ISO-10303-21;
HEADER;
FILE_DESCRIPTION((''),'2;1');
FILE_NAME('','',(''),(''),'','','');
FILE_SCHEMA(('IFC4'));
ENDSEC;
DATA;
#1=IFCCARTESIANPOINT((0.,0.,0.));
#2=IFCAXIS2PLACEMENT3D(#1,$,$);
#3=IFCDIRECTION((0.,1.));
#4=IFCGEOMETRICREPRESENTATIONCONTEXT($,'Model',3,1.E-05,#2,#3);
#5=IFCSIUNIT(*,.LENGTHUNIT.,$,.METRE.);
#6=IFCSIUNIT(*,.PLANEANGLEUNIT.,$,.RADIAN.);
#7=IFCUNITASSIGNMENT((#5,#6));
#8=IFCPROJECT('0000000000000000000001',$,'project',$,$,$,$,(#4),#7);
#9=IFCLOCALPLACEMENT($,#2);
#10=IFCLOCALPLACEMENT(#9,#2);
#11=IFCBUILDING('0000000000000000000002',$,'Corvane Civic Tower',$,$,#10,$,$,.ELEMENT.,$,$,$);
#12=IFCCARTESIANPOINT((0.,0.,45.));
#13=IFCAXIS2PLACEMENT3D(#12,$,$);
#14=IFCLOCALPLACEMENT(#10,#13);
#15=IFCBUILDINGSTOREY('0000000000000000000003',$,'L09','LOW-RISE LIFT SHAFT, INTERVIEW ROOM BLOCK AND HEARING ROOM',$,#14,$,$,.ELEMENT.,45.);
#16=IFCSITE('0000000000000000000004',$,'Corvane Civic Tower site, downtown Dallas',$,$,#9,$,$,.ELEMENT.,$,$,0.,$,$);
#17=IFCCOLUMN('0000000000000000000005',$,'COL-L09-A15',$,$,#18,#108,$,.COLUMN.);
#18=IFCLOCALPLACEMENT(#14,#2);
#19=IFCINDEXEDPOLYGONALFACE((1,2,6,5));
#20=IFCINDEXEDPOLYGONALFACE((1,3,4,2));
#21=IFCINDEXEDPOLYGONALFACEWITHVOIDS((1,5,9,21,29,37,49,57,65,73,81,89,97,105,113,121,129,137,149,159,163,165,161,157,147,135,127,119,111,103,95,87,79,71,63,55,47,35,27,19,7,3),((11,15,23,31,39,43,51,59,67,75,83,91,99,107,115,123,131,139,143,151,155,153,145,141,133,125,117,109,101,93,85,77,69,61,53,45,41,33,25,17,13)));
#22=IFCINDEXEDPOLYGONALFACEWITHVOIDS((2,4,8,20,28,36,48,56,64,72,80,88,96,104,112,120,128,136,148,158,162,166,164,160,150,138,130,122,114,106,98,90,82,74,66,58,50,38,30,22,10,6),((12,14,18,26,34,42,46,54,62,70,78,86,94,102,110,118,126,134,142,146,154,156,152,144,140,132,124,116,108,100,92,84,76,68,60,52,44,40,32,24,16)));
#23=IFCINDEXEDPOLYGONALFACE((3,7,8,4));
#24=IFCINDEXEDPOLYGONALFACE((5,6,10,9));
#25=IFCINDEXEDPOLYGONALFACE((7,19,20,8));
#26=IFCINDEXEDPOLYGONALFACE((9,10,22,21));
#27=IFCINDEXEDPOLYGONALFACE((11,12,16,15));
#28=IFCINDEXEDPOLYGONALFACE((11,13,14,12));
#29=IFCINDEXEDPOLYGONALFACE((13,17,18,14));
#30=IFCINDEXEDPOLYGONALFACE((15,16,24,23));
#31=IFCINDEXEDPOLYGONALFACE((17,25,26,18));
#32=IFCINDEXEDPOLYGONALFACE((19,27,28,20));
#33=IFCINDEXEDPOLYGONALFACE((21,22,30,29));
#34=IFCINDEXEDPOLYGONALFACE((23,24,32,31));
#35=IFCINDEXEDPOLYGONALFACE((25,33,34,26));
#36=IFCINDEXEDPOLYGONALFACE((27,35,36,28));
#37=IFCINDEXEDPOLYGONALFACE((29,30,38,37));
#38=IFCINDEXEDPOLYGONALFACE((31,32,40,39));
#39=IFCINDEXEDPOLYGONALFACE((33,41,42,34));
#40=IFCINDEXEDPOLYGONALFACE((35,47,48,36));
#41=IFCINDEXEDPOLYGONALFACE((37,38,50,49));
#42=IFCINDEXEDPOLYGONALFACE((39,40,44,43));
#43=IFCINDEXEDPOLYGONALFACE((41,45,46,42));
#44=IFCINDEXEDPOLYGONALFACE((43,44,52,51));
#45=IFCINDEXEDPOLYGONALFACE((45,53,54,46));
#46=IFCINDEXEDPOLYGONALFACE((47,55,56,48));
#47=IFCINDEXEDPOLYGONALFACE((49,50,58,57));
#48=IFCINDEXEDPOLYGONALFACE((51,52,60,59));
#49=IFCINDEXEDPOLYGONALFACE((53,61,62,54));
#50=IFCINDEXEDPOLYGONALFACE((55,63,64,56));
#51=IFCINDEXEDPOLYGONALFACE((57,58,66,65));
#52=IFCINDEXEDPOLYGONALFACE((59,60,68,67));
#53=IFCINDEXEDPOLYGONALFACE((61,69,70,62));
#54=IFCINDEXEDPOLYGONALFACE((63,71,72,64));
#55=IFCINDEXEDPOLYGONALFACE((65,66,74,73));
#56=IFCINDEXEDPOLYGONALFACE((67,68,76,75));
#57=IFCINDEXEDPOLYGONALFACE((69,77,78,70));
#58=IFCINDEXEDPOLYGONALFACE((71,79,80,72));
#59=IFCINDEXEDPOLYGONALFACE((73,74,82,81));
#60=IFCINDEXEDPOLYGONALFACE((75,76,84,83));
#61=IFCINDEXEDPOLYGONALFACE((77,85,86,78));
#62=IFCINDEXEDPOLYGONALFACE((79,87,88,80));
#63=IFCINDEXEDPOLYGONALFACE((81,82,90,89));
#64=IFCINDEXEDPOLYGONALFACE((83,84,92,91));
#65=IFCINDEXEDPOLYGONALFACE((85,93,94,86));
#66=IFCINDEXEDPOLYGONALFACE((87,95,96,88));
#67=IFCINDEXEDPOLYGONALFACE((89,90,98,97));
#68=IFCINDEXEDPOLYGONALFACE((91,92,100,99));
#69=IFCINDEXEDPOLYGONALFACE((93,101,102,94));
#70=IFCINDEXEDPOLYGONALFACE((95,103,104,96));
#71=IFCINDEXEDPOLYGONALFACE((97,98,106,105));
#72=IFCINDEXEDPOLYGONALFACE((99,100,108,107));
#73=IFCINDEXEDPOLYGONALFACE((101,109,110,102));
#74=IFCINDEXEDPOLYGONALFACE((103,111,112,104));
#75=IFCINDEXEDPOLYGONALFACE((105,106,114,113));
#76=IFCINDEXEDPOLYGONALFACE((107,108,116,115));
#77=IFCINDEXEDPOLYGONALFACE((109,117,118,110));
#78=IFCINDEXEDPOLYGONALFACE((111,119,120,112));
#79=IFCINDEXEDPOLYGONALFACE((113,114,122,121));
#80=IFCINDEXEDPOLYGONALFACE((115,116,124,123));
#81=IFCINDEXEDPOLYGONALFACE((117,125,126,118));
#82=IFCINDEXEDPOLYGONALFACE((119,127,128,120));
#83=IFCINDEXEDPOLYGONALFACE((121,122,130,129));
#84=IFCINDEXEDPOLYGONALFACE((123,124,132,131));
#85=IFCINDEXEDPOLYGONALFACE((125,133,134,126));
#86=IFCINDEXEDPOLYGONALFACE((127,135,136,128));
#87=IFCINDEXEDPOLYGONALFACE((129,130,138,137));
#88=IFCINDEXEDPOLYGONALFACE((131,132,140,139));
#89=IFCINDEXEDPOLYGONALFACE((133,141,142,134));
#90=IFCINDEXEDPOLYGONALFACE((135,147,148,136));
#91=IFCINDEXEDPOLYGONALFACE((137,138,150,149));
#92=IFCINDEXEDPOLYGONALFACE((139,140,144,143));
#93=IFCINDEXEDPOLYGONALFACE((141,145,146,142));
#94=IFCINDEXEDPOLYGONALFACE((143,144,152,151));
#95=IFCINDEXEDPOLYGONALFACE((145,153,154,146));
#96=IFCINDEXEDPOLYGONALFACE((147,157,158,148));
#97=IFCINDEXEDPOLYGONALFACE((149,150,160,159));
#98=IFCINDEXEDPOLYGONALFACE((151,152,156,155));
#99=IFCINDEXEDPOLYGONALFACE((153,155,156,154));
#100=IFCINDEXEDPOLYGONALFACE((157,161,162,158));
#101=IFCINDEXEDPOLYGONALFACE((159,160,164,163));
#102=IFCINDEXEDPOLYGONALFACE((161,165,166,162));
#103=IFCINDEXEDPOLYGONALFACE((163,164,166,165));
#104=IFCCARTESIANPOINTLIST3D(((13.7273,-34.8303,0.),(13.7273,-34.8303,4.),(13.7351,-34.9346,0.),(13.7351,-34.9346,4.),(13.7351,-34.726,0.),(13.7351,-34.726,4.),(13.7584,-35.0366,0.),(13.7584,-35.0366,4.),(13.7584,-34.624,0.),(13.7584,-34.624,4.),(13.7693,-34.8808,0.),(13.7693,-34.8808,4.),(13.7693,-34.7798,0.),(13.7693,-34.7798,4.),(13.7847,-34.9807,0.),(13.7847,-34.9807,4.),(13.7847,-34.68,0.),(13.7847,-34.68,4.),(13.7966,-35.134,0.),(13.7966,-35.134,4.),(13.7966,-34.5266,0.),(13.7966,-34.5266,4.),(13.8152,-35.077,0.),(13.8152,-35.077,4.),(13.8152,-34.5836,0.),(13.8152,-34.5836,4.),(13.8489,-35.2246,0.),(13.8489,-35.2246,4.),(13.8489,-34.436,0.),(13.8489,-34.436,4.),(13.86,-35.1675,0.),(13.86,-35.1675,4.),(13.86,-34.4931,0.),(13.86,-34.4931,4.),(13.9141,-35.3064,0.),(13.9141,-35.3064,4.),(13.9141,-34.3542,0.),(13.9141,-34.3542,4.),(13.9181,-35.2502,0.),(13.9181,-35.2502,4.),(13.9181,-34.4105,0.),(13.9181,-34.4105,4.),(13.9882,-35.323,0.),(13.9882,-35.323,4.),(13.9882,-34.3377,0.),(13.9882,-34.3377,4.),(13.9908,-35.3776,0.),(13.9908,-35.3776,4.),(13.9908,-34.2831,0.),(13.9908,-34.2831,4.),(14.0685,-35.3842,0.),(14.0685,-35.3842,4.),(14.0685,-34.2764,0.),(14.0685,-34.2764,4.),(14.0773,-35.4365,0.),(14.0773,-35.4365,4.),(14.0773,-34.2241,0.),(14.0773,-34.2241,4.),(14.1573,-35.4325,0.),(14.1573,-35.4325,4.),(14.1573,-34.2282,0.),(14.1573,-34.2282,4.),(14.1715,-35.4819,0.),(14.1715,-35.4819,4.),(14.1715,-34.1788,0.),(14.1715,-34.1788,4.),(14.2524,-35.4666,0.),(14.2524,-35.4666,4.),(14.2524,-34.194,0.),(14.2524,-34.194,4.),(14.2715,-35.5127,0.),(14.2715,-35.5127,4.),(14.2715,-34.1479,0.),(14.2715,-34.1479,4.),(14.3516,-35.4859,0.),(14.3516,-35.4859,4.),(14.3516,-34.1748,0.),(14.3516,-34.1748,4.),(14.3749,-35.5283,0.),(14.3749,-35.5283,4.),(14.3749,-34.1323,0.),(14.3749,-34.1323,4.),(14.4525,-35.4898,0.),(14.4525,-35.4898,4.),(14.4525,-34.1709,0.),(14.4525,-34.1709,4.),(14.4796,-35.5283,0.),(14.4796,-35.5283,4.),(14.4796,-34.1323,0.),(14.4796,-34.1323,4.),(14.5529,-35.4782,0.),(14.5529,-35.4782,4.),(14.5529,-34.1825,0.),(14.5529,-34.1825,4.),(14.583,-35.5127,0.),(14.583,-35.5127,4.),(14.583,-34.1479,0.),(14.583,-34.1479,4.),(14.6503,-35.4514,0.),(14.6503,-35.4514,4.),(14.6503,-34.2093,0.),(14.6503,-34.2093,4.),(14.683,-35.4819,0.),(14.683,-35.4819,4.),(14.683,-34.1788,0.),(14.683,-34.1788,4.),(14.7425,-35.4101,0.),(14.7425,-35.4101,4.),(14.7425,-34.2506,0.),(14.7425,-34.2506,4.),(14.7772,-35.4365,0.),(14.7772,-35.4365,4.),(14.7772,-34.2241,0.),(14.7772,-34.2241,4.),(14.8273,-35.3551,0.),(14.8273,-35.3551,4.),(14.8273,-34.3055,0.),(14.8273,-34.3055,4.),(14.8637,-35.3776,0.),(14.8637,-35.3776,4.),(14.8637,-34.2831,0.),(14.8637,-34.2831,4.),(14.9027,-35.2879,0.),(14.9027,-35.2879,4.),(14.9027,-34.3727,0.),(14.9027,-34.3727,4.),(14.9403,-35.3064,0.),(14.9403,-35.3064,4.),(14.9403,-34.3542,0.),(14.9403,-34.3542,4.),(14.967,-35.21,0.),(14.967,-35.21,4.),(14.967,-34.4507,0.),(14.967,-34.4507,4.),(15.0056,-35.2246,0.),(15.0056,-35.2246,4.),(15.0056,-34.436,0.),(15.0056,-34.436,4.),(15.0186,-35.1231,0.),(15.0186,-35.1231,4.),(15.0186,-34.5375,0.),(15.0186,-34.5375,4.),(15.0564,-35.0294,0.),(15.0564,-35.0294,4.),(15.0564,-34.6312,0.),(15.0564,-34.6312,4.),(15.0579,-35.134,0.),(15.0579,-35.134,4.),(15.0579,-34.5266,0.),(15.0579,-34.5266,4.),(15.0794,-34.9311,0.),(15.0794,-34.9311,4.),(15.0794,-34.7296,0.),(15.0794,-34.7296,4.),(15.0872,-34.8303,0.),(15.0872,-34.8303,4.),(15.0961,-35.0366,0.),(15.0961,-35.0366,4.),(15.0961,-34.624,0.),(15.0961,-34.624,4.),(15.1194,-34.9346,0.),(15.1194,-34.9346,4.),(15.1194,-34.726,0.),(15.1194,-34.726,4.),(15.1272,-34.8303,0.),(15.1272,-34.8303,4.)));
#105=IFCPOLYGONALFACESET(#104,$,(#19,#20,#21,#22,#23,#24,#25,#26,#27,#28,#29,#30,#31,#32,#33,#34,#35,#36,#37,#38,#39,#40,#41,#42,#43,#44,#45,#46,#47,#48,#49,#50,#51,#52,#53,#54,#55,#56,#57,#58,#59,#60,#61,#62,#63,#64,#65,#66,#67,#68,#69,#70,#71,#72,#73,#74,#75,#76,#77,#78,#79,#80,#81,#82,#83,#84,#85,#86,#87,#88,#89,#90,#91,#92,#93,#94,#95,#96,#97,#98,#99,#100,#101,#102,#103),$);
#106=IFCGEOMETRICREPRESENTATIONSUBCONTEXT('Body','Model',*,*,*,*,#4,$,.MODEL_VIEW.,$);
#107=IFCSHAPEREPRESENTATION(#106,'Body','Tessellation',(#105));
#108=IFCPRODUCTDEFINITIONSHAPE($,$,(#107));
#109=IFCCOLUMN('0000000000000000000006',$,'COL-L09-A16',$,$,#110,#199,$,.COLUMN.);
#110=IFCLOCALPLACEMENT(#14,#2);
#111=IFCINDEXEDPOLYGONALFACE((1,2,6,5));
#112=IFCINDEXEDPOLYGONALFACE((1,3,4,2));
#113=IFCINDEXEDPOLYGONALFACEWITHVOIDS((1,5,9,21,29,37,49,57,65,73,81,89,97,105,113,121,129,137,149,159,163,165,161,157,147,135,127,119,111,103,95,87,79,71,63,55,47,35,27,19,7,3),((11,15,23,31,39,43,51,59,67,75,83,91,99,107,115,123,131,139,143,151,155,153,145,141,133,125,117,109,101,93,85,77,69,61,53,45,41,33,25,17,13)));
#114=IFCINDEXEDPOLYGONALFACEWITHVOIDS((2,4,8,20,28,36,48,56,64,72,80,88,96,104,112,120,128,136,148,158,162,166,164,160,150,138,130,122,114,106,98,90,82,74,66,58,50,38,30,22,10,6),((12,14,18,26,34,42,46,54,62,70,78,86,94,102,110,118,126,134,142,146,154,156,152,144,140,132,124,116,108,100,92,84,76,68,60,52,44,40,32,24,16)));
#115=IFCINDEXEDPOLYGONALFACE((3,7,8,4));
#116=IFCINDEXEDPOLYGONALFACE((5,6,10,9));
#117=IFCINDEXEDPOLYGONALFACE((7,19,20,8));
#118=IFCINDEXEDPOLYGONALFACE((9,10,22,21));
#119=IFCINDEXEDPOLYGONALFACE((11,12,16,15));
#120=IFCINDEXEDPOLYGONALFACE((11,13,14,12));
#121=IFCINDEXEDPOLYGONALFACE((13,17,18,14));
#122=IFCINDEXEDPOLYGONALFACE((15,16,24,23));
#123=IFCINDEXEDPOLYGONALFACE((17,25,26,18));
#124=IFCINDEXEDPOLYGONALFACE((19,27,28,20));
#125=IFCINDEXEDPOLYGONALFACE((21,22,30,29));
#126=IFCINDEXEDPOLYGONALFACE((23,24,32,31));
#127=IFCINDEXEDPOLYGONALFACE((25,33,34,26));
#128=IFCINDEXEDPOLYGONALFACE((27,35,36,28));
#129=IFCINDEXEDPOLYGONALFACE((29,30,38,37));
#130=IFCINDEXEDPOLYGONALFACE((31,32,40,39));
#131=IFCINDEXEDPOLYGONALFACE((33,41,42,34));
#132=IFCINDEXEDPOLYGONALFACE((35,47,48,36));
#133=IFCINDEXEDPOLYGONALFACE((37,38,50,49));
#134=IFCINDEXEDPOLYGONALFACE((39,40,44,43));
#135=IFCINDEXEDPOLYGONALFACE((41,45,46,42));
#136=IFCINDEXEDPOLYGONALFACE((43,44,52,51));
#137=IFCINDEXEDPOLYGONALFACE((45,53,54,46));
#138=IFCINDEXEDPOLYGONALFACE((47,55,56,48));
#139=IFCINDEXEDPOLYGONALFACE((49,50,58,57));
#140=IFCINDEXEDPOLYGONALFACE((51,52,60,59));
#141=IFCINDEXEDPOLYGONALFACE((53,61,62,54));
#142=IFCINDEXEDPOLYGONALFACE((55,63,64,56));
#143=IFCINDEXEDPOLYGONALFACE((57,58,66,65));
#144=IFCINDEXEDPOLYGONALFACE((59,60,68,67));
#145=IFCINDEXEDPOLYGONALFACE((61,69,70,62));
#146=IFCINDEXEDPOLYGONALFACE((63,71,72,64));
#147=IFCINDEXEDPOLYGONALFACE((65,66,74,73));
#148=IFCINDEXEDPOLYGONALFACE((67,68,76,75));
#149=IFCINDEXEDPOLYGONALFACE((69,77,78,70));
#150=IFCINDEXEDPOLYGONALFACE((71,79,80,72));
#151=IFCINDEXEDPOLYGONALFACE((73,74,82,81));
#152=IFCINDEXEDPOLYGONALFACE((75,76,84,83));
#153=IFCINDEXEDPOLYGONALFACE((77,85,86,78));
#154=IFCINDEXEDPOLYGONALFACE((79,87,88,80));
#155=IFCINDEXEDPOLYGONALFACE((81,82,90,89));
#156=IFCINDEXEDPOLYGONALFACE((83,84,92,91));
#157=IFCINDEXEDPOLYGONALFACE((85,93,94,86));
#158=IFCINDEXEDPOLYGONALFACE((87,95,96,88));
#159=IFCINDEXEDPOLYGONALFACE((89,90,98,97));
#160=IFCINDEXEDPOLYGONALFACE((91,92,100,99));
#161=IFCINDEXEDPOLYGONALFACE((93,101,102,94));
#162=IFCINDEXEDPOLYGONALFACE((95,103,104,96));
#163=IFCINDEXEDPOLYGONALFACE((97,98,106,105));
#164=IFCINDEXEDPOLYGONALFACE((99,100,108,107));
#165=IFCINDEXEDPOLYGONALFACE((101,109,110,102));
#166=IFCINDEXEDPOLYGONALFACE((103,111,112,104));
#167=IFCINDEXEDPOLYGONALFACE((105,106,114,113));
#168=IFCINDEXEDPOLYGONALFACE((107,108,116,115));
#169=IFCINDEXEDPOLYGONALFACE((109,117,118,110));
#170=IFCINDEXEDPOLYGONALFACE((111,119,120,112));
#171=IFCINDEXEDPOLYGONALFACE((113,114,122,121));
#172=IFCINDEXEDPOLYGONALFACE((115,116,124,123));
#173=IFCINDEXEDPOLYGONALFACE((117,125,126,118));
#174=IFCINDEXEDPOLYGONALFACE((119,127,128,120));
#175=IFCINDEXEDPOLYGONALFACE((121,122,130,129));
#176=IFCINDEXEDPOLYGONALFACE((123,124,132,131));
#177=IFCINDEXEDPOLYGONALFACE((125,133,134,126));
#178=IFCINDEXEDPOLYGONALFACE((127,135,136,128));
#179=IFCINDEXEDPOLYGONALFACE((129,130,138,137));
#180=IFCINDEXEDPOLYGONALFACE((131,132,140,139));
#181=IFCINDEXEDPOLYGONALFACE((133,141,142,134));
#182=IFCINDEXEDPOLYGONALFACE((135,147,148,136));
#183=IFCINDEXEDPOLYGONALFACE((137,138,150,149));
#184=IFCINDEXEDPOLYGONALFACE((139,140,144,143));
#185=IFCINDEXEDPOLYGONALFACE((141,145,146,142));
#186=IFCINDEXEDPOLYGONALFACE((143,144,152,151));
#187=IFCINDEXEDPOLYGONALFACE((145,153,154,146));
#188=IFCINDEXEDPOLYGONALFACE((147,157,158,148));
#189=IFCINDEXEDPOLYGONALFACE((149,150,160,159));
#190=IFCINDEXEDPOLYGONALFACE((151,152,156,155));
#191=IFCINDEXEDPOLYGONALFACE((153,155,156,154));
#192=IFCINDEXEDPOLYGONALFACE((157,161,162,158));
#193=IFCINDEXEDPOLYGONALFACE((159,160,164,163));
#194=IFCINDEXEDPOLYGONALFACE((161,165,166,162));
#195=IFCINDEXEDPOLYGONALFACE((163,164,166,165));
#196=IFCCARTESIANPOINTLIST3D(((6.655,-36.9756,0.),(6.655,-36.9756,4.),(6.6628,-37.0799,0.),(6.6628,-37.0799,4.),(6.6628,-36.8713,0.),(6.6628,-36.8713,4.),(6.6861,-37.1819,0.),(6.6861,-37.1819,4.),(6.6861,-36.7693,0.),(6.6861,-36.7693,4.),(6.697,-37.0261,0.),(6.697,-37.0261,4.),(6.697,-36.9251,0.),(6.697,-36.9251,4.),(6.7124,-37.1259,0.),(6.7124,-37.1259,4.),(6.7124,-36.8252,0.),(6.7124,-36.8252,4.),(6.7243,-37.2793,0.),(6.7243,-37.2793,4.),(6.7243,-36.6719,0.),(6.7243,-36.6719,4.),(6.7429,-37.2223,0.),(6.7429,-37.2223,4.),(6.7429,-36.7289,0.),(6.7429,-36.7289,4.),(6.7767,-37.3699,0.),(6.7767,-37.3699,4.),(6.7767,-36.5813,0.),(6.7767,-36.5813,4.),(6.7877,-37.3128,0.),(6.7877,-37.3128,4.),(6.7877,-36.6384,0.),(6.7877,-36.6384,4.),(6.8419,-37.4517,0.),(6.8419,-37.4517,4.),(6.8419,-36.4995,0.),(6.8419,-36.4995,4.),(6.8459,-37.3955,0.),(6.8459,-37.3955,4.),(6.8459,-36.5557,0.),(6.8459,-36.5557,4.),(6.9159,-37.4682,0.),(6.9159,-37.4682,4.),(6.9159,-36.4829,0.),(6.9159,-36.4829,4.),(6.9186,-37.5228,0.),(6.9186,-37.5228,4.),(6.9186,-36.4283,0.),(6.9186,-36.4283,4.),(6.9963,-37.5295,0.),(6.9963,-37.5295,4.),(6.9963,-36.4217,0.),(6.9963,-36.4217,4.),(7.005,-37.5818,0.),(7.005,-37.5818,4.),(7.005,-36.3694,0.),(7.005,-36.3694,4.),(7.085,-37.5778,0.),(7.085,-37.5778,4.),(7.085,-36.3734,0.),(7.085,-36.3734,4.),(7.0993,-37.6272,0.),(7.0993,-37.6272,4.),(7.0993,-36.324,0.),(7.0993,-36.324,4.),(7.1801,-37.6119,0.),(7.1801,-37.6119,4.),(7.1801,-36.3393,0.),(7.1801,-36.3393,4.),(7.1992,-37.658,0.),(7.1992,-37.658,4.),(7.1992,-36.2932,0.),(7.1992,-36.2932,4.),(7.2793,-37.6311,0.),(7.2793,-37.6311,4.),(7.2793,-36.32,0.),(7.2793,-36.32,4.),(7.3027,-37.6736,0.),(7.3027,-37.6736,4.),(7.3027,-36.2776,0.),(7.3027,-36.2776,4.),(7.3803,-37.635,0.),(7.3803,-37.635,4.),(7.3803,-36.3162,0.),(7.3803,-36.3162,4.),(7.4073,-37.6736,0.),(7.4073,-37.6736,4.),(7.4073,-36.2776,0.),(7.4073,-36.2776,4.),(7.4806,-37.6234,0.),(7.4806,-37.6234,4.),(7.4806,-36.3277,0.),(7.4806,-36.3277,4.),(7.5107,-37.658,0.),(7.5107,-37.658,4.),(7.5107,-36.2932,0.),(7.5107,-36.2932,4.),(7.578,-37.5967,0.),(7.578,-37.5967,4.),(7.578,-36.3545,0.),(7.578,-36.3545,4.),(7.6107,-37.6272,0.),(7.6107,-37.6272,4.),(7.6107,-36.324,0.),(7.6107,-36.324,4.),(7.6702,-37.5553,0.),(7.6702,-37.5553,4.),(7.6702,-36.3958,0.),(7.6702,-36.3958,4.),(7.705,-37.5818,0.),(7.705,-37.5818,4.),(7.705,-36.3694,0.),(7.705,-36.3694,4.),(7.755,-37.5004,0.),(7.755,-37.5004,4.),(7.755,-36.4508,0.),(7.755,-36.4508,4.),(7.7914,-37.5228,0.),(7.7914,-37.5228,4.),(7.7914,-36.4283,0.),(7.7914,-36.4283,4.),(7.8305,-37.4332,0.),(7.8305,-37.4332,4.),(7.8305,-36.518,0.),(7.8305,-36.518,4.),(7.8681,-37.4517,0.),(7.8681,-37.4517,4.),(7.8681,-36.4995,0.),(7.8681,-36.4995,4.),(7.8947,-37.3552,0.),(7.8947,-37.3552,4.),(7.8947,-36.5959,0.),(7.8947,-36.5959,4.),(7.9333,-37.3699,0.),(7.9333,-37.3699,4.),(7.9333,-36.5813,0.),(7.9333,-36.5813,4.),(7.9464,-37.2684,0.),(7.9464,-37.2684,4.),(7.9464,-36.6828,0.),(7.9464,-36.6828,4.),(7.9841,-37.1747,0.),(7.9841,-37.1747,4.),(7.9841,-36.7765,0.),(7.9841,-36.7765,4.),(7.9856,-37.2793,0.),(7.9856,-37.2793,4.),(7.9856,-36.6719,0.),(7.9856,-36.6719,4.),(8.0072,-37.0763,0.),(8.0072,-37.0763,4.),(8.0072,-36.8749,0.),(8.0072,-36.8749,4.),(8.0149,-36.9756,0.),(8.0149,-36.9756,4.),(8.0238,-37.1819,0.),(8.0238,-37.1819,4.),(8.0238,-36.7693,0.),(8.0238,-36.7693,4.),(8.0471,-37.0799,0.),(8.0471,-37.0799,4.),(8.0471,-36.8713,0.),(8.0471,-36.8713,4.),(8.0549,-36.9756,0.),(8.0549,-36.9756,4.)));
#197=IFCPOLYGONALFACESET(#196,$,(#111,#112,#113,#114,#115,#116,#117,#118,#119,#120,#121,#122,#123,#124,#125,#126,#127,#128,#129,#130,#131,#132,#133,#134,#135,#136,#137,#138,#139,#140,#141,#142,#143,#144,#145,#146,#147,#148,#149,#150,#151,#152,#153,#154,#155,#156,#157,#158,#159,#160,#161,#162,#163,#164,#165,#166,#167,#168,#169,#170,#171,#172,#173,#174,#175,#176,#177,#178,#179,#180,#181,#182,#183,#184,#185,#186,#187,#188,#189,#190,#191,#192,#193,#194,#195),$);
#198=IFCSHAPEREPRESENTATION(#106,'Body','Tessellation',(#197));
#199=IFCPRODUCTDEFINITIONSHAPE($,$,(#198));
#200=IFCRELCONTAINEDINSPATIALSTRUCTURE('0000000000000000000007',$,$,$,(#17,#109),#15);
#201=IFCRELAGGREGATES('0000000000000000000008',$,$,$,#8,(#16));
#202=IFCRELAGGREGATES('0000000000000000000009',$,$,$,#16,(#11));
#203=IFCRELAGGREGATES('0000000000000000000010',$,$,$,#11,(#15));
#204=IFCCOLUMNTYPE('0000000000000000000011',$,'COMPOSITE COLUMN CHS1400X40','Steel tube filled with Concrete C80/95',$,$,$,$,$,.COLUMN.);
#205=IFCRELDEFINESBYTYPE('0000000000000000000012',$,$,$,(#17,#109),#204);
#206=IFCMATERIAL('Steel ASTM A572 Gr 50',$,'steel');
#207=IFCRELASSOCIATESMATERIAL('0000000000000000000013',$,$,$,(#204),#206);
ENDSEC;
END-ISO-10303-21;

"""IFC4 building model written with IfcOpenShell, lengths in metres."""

from ifc_helpers import new_model, si_unit, direction, frame, origin, origin_2d, place, context, subcontext, project, spatial, hollow_circle, extrude, material, material_profile, profile_set, type_object, element, save


model = new_model("IFC4")

# Units and contexts
model_context = context("Model", 3, precision=1e-05, world=origin(), true_north=direction((0.0, 1.0)))
body_context = subcontext(model_context, "Body", "Model", "MODEL_VIEW")
ifc_project = project(units=[si_unit("LENGTHUNIT", "METRE"), si_unit("PLANEANGLEUNIT", "RADIAN")], contexts=[model_context])

# Site, building, storey
site_placement = place(None, origin())
site = spatial("IfcSite", under=ifc_project, at=site_placement, Name="Corvane Civic Tower site, downtown Dallas", CompositionType="ELEMENT", RefElevation=0.0)
building_placement = place(site_placement, origin())
building = spatial("IfcBuilding", under=site, at=building_placement, Name="Corvane Civic Tower", CompositionType="ELEMENT")
storey_placement = place(building_placement, frame((0.0, 0.0, 45.0)))
storey = spatial("IfcBuildingStorey", under=building, at=storey_placement, Name="L09", Description="LOW-RISE LIFT SHAFT, INTERVIEW ROOM BLOCK AND HEARING ROOM", CompositionType="ELEMENT", Elevation=45.0)

# Columns
ifc_material_1 = material(Name="Steel ASTM A572 Gr 50", Category="steel")
ifc_material_profile_1 = material_profile(ifc_material_1, hollow_circle(Radius=0.7, WallThickness=0.04, at=origin_2d()), Name="CHS1400X40")
ifc_profile_set_1 = profile_set([ifc_material_profile_1], Name="Steel ASTM A572 Gr 50")
column_type = type_object("IfcColumnType", Name="COMPOSITE COLUMN CHS1400X40", Description="Steel tube filled with Concrete C80/95", PredefinedType="COLUMN", material=ifc_profile_set_1)
for number, where, z_axis, x_axis, name in (
    (1, (14.4272, -34.8303, 0.0), (0.0, 0.0, 1.0), (1.0, 0.0, 0.0), "COL-L09-A15"),
    (2, (7.355, -36.9756, 0.0), (0.0, 0.0, 1.0), (1.0, 0.0, 0.0), "COL-L09-A16"),
):
    element("IfcColumn", number, at=place(storey_placement, frame(where, z_axis=z_axis, x_axis=x_axis)), inside=storey, type_object=column_type, Name=name, PredefinedType="COLUMN", context=body_context, shape_type="SweptSolid", body=[
        extrude(hollow_circle(Radius=0.7, WallThickness=0.04, at=origin_2d()), origin(), (0.0, 0.0, 1.0), 4.0),
    ])

save(model, "model.ifc")
